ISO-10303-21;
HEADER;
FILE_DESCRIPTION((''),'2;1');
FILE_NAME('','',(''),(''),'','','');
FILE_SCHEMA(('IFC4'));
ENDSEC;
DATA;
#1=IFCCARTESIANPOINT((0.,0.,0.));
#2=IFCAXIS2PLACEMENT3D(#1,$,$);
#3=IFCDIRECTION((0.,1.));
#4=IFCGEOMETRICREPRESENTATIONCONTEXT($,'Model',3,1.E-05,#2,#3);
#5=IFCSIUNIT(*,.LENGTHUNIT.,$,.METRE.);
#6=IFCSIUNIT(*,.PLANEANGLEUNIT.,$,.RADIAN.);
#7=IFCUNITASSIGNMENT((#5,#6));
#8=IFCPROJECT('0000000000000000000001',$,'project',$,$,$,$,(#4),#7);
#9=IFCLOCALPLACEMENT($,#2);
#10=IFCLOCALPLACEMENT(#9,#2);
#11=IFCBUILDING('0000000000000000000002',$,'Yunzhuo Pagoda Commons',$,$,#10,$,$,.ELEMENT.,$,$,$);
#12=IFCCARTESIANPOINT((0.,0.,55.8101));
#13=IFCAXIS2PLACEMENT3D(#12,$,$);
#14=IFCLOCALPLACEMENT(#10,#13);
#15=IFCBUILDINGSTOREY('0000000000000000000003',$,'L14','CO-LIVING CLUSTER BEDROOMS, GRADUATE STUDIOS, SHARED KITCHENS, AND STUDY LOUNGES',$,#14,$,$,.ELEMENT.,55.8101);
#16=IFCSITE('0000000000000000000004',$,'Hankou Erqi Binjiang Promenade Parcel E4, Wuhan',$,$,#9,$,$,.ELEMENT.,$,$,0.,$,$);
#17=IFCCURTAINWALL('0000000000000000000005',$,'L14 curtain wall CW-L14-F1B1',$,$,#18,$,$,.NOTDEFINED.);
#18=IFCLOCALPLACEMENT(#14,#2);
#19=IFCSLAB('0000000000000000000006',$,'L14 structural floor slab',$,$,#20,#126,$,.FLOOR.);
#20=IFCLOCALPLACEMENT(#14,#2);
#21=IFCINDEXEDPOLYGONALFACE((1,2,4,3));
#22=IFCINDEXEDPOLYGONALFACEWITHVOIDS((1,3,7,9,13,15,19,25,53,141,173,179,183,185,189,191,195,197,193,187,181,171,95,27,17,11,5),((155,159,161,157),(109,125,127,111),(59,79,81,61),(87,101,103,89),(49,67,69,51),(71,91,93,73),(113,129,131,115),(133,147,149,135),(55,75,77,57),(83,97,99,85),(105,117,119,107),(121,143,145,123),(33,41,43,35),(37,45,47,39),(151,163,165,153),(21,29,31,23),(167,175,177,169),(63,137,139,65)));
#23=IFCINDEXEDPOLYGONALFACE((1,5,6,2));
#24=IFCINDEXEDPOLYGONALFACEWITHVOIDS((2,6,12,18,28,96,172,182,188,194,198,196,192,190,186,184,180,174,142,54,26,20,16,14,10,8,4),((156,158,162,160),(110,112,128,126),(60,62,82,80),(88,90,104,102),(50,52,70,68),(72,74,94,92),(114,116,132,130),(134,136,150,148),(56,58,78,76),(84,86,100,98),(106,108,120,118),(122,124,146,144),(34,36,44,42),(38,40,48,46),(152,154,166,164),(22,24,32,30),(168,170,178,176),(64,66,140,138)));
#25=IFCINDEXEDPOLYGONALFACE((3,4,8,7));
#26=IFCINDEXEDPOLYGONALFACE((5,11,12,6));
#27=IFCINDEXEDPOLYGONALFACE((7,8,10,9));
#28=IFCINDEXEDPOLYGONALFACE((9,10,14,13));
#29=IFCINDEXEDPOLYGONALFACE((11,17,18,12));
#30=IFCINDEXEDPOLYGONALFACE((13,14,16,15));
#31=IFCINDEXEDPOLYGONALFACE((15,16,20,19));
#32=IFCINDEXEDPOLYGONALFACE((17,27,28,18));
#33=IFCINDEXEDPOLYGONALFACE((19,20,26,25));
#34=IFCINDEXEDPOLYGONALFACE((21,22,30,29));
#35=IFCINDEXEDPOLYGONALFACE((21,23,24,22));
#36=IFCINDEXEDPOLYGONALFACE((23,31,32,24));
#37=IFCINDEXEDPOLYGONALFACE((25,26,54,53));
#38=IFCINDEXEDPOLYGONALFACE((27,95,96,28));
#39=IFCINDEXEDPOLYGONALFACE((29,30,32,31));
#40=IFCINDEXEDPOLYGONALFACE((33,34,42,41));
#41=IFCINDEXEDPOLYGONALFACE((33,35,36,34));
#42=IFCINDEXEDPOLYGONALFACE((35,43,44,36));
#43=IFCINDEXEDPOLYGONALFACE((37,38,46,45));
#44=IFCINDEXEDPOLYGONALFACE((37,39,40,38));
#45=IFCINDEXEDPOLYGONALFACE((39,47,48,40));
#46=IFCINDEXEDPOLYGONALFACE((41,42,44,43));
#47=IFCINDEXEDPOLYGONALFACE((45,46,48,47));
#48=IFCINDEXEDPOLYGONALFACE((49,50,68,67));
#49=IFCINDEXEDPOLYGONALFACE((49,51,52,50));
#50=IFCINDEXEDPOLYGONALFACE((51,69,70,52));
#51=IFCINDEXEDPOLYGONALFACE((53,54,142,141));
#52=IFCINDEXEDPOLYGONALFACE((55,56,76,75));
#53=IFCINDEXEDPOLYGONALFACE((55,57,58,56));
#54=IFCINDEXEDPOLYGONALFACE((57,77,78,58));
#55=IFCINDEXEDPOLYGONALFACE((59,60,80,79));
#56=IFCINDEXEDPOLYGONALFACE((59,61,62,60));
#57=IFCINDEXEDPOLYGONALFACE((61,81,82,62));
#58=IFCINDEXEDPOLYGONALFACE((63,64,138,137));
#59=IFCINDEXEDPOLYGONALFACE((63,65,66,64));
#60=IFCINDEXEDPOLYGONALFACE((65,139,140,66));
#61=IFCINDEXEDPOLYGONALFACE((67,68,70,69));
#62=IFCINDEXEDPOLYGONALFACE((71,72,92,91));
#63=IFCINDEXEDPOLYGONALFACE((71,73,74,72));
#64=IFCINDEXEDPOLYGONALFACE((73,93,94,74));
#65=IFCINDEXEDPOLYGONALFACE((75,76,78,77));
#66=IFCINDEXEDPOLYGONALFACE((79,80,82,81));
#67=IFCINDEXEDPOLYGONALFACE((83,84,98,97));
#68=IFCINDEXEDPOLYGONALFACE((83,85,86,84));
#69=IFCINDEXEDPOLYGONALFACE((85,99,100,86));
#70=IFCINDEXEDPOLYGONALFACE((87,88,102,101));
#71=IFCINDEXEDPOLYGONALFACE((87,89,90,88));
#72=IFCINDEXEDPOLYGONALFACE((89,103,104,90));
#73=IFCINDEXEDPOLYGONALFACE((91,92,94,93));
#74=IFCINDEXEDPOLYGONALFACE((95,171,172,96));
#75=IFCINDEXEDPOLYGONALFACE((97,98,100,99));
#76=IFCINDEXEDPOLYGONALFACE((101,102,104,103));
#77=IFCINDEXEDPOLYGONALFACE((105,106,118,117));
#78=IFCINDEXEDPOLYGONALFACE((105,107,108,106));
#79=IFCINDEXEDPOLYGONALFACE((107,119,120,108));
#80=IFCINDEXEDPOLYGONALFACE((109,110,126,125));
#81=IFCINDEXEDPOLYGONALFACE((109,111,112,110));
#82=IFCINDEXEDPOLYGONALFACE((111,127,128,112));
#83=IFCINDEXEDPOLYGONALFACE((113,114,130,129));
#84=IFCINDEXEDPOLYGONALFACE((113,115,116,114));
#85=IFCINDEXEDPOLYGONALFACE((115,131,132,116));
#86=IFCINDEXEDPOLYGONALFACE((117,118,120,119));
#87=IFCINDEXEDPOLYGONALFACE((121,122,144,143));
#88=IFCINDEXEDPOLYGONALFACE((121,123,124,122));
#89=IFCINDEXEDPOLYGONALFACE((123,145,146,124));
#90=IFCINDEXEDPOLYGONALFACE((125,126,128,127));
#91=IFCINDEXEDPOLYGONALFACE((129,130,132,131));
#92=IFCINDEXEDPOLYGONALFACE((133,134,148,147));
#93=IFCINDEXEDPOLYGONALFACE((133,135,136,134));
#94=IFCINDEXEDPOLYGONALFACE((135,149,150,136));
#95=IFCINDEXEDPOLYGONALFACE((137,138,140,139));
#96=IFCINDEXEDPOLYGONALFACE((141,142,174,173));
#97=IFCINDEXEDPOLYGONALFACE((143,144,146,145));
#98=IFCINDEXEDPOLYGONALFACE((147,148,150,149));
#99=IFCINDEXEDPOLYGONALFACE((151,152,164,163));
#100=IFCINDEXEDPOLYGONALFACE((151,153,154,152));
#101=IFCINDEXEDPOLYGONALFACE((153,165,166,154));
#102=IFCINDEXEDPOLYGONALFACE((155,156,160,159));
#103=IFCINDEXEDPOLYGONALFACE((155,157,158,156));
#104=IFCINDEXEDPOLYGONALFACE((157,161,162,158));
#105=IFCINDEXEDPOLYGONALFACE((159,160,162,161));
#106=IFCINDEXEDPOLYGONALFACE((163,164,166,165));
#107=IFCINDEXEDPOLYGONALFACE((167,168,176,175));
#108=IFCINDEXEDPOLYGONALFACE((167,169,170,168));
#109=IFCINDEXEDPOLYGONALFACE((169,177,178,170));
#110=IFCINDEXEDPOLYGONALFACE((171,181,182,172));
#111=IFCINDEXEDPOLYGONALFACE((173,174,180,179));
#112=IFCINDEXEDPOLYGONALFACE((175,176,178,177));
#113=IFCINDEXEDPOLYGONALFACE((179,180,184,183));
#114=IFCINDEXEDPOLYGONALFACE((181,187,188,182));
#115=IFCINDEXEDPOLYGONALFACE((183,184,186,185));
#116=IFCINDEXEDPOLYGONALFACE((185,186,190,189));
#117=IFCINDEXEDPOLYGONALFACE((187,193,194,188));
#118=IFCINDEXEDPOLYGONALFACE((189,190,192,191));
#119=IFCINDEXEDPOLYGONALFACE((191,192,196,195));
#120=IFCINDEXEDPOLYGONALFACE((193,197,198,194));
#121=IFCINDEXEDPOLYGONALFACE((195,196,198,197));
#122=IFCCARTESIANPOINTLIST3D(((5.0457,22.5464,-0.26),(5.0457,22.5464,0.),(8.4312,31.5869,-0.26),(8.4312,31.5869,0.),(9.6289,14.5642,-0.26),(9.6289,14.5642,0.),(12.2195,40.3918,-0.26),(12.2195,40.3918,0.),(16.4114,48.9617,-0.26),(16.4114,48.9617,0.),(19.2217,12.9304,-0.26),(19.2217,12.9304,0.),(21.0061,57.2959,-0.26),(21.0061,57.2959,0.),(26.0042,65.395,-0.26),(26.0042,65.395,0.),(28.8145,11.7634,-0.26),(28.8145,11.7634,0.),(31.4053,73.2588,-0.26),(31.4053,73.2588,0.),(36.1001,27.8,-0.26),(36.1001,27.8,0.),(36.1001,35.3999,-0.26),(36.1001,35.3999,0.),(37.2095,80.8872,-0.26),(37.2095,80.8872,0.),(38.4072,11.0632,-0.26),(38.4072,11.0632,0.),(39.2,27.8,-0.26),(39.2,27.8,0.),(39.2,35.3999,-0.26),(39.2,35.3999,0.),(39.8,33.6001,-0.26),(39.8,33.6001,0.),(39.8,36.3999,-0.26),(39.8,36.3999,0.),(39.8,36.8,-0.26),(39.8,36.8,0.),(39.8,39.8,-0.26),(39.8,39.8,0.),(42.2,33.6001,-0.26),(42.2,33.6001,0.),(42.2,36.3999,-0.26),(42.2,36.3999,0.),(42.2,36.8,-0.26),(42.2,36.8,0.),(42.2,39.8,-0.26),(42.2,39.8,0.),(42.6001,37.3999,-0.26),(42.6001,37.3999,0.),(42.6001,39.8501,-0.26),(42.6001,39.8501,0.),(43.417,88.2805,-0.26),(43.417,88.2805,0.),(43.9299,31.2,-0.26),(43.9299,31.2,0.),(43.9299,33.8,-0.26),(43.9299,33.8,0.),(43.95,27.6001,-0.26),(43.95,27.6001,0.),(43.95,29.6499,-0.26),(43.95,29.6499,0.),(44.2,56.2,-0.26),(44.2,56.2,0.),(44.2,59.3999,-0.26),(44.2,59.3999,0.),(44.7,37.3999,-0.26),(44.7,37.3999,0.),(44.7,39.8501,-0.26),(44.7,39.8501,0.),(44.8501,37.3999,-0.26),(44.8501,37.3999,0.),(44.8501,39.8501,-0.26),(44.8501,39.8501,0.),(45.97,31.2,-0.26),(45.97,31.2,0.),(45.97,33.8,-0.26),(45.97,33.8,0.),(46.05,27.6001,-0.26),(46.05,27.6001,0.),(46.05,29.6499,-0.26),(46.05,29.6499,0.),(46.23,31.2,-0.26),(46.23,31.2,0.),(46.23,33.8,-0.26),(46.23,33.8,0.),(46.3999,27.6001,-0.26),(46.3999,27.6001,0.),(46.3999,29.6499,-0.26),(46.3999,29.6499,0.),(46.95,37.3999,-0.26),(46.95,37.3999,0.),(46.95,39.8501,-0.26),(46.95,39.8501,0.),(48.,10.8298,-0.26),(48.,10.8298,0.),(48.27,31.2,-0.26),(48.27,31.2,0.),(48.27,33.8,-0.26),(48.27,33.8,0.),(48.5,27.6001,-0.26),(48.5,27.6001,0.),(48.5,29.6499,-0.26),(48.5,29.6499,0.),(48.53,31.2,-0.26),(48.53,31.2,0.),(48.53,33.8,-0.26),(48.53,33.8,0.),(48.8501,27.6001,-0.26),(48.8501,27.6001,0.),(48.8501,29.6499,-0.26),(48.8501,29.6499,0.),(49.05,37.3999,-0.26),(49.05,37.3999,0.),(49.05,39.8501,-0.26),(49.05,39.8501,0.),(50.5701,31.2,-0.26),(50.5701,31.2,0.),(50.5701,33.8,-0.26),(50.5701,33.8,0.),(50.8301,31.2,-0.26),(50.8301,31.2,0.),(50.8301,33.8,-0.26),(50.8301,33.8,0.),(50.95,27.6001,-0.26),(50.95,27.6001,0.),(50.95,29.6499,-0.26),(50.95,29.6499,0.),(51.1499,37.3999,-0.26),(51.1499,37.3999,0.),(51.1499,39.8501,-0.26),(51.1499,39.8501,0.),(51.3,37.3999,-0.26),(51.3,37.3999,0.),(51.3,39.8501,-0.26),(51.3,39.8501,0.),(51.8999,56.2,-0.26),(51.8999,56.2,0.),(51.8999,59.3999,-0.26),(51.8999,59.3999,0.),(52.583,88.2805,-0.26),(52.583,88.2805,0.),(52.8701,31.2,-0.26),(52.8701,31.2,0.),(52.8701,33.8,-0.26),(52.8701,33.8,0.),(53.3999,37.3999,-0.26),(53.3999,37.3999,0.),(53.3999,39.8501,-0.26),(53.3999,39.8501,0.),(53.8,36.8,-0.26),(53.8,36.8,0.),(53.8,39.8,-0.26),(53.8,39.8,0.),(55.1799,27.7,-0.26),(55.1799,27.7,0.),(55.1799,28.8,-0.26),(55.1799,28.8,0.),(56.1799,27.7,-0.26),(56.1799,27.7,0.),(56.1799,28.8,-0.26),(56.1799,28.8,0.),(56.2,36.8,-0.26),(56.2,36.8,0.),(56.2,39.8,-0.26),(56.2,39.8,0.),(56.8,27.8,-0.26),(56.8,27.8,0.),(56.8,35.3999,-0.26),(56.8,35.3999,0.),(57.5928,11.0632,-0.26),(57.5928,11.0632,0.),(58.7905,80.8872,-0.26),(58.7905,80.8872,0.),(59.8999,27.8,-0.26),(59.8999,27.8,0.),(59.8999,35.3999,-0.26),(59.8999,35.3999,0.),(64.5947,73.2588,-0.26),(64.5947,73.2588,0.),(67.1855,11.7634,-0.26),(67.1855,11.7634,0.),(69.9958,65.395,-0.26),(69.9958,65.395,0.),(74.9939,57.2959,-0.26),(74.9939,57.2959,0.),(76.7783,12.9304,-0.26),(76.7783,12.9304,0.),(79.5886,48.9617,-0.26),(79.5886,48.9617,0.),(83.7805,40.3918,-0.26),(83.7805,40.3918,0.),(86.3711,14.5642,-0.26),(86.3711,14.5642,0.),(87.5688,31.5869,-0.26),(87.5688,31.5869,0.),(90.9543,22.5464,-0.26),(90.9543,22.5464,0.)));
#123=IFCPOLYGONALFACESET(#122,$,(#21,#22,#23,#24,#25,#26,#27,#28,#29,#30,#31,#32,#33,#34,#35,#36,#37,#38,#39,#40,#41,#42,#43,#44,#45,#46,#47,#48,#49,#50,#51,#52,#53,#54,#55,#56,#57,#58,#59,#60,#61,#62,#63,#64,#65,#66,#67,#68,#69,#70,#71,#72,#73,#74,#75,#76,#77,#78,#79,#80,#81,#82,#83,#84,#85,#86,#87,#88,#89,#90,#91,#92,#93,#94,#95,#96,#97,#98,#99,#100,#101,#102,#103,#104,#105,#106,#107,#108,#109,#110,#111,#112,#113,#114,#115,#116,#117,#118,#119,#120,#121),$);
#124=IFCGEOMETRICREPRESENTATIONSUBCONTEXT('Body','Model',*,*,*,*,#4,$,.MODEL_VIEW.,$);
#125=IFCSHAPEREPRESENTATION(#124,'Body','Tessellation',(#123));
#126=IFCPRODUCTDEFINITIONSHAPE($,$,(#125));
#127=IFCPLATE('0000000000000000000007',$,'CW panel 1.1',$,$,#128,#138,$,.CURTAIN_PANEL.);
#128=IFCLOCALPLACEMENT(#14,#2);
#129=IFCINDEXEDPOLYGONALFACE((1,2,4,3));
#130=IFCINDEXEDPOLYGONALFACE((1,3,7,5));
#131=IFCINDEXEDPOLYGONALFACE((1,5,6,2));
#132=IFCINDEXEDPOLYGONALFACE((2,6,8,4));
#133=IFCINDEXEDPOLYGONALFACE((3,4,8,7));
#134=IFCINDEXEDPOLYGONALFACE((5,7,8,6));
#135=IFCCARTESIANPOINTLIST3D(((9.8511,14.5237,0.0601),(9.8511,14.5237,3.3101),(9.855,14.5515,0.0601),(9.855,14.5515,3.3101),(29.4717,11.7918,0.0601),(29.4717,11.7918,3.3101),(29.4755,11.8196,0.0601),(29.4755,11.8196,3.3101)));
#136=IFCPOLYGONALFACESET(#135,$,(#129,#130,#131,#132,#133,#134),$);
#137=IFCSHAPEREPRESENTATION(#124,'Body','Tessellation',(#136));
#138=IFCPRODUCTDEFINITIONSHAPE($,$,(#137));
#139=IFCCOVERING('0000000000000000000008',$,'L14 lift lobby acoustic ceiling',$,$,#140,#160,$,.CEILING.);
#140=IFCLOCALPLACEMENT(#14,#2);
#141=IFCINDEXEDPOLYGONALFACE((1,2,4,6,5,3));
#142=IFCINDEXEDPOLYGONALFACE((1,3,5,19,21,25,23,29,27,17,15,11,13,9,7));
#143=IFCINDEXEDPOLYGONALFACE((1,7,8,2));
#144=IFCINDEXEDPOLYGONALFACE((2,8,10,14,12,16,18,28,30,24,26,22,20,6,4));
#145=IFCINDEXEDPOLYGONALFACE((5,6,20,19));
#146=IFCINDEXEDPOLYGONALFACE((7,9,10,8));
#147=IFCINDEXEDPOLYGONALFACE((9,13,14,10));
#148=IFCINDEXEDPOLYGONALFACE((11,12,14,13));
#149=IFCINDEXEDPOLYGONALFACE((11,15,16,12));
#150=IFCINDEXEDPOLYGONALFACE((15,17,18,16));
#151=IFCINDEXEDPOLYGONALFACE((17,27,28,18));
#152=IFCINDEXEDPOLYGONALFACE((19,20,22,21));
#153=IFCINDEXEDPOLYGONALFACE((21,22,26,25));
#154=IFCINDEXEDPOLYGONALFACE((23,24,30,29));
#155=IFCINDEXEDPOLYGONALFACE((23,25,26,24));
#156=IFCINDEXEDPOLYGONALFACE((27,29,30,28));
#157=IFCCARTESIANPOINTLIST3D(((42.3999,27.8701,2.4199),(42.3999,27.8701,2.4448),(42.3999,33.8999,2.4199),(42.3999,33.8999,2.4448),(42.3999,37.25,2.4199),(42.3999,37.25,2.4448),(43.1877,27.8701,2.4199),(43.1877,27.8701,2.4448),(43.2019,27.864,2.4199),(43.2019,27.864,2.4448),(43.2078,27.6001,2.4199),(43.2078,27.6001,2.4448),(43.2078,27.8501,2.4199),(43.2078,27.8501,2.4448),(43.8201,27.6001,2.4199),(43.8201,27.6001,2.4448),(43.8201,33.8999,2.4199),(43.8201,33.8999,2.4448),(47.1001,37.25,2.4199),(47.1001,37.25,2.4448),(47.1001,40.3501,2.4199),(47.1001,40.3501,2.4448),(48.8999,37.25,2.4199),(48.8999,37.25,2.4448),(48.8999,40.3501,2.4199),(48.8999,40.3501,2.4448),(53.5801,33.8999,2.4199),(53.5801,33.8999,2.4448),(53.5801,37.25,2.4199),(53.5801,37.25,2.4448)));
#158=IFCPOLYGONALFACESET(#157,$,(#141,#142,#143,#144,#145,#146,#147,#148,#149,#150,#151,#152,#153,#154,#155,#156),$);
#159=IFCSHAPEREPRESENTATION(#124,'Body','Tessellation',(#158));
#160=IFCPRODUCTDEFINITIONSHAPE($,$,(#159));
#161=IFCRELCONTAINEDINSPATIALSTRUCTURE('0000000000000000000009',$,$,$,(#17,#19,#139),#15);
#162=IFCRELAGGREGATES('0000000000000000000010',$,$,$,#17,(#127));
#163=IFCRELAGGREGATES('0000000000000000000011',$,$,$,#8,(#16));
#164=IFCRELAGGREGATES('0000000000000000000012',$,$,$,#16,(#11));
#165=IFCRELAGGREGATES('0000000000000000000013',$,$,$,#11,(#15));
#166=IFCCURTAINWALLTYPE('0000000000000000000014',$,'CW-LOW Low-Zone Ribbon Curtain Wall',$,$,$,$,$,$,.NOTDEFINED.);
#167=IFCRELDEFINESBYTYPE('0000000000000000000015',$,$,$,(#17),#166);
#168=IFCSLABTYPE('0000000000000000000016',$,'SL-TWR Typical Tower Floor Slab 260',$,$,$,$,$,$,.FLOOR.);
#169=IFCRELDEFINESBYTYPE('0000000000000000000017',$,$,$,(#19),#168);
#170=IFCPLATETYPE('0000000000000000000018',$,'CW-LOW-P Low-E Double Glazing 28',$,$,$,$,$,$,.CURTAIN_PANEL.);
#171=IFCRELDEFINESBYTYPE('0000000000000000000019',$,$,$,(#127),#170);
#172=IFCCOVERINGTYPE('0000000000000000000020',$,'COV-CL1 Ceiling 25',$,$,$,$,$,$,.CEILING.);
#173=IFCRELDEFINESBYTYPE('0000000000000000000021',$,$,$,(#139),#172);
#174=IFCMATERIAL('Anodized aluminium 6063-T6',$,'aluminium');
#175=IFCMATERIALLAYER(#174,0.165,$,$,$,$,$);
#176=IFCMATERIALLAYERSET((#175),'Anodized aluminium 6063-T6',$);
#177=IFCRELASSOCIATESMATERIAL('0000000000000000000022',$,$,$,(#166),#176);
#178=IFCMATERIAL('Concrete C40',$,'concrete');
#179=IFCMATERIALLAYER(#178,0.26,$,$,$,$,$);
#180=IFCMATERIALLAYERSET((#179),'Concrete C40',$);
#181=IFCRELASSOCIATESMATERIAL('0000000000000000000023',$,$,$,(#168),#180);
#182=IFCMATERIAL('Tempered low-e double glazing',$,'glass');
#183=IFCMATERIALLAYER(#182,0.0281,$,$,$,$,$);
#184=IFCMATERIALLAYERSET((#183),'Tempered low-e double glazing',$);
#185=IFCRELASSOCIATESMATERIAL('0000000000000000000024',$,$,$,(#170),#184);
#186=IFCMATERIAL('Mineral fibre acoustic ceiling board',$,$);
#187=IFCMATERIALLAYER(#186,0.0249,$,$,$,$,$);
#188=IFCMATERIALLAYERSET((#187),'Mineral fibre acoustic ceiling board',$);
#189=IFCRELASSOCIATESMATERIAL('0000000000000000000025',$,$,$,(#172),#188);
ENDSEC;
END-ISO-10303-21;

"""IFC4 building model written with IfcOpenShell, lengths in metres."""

from ifc_helpers import new_model, si_unit, direction, frame, origin, origin_2d, place, context, subcontext, project, spatial, polyline, rectangle, outline, extrude, source, transform, mapped, material, layer, layer_set, type_object, element, aggregate, save


model = new_model("IFC4")

# Units and contexts
model_context = context("Model", 3, precision=1e-05, world=origin(), true_north=direction((0.0, 1.0)))
body_context = subcontext(model_context, "Body", "Model", "MODEL_VIEW")
ifc_project = project(units=[si_unit("LENGTHUNIT", "METRE"), si_unit("PLANEANGLEUNIT", "RADIAN")], contexts=[model_context])

# Site, building, storey
site_placement = place(None, origin())
site = spatial("IfcSite", under=ifc_project, at=site_placement, Name="Hankou Erqi Binjiang Promenade Parcel E4, Wuhan", CompositionType="ELEMENT", RefElevation=0.0)
building_placement = place(site_placement, origin())
building = spatial("IfcBuilding", under=site, at=building_placement, Name="Yunzhuo Pagoda Commons", CompositionType="ELEMENT")
storey_placement = place(building_placement, frame((0.0, 0.0, 55.8101)))
storey = spatial("IfcBuildingStorey", under=building, at=storey_placement, Name="L14", Description="CO-LIVING CLUSTER BEDROOMS, GRADUATE STUDIOS, SHARED KITCHENS, AND STUDY LOUNGES", CompositionType="ELEMENT", Elevation=55.8101)

# Curtain wall
ifc_material_1 = material(Name="Anodized aluminium 6063-T6", Category="aluminium")
ifc_layer_1 = layer(ifc_material_1, 0.165)
ifc_layer_set_1 = layer_set([ifc_layer_1], Name="Anodized aluminium 6063-T6")
curtain_wall_type = type_object("IfcCurtainWallType", Name="CW-LOW Low-Zone Ribbon Curtain Wall", PredefinedType="NOTDEFINED", material=ifc_layer_set_1)
curtain_wall_1_placement = place(storey_placement, origin())
curtain_wall_1 = element("IfcCurtainWall", 1, at=curtain_wall_1_placement, inside=storey, type_object=curtain_wall_type, Name="L14 curtain wall CW-L14-F1B1", PredefinedType="NOTDEFINED")

# Shared definitions
ifc_material_2 = material(Name="Concrete C40", Category="concrete")

# Slab
ifc_layer_2 = layer(ifc_material_2, 0.26)
ifc_layer_set_2 = layer_set([ifc_layer_2], Name="Concrete C40")
slab_type_1 = type_object("IfcSlabType", Name="SL-TWR Typical Tower Floor Slab 260", PredefinedType="FLOOR", material=ifc_layer_set_2)
slab_1_placement = place(storey_placement, frame((0.0, 0.0, -0.26)))
element("IfcSlab", 2, at=slab_1_placement, inside=storey, type_object=slab_type_1, Name="L14 structural floor slab", PredefinedType="FLOOR", context=body_context, shape_type="SweptSolid", body=[
    extrude(outline(polyline([(8.4312, 31.5869), (12.2195, 40.3918), (16.4114, 48.9617), (21.0061, 57.2959), (26.0042, 65.395), (31.4053, 73.2588), (37.2095, 80.8872), (43.417, 88.2805), (52.583, 88.2805), (58.7905, 80.8872), (64.5947, 73.2588), (69.9958, 65.395), (74.9939, 57.2959), (79.5886, 48.9617), (83.7805, 40.3918), (87.5688, 31.5869), (90.9543, 22.5464), (86.3711, 14.5642), (76.7783, 12.9304), (67.1855, 11.7634), (57.5928, 11.0632), (48.0, 10.8298), (38.4072, 11.0632), (28.8145, 11.7634), (19.2217, 12.9304), (9.6289, 14.5642), (5.0457, 22.5464), (8.4312, 31.5869)]), holes=[polyline([(46.05, 27.6001), (46.05, 29.6499), (43.95, 29.6499), (43.95, 27.6001), (46.05, 27.6001)]), polyline([(48.5, 27.6001), (48.5, 29.6499), (46.3999, 29.6499), (46.3999, 27.6001), (48.5, 27.6001)]), polyline([(36.1001, 27.8), (39.2, 27.8), (39.2, 35.3999), (36.1001, 35.3999), (36.1001, 27.8)]), polyline([(45.97, 31.2), (45.97, 33.8), (43.9299, 33.8), (43.9299, 31.2), (45.97, 31.2)]), polyline([(48.27, 31.2), (48.27, 33.8), (46.23, 33.8), (46.23, 31.2), (48.27, 31.2)]), polyline([(42.2, 33.6001), (42.2, 36.3999), (39.8, 36.3999), (39.8, 33.6001), (42.2, 33.6001)]), polyline([(42.2, 36.8), (42.2, 39.8), (39.8, 39.8), (39.8, 36.8), (42.2, 36.8)]), polyline([(42.6001, 37.3999), (44.7, 37.3999), (44.7, 39.8501), (42.6001, 39.8501), (42.6001, 37.3999)]), polyline([(44.8501, 37.3999), (46.95, 37.3999), (46.95, 39.8501), (44.8501, 39.8501), (44.8501, 37.3999)]), polyline([(56.1799, 27.7), (56.1799, 28.8), (55.1799, 28.8), (55.1799, 27.7), (56.1799, 27.7)]), polyline([(50.95, 27.6001), (50.95, 29.6499), (48.8501, 29.6499), (48.8501, 27.6001), (50.95, 27.6001)]), polyline([(56.8, 27.8), (59.8999, 27.8), (59.8999, 35.3999), (56.8, 35.3999), (56.8, 27.8)]), polyline([(50.5701, 31.2), (50.5701, 33.8), (48.53, 33.8), (48.53, 31.2), (50.5701, 31.2)]), polyline([(52.8701, 31.2), (52.8701, 33.8), (50.8301, 33.8), (50.8301, 31.2), (52.8701, 31.2)]), polyline([(56.2, 36.8), (56.2, 39.8), (53.8, 39.8), (53.8, 36.8), (56.2, 36.8)]), polyline([(51.1499, 37.3999), (51.1499, 39.8501), (49.05, 39.8501), (49.05, 37.3999), (51.1499, 37.3999)]), polyline([(51.3, 37.3999), (53.3999, 37.3999), (53.3999, 39.8501), (51.3, 39.8501), (51.3, 37.3999)]), polyline([(44.2, 56.2), (51.8999, 56.2), (51.8999, 59.3999), (44.2, 59.3999), (44.2, 56.2)])]), origin(), (0.0, 0.0, 1.0), 0.26),
])

# Plate
ifc_material_3 = material(Name="Tempered low-e double glazing", Category="glass")
ifc_layer_3 = layer(ifc_material_3, 0.0281)
ifc_layer_set_3 = layer_set([ifc_layer_3], Name="Tempered low-e double glazing")
plate_type = type_object("IfcPlateType", Name="CW-LOW-P Low-E Double Glazing 28", PredefinedType="CURTAIN_PANEL", material=ifc_layer_set_3)
shared_shape_1 = source(origin(), body_context, "Body", "SweptSolid", [
    extrude(rectangle(XDim=19.8098, YDim=0.0281, at=origin_2d()), origin(), (0.0, 0.0, 1.0), 3.25),
])
plate_placement = place(storey_placement, frame((19.6633, 13.1716, 0.0601), z_axis=(0.0, 0.0, 1.0), x_axis=(0.990445, -0.137905, 0.0)))
plate = element("IfcPlate", 3, at=plate_placement, type_object=plate_type, Name="CW panel 1.1", PredefinedType="CURTAIN_PANEL", context=body_context, shape_type="MappedRepresentation", body=[
    mapped(shared_shape_1, transform((0.0, 0.0, 0.0), scale=1.0)),
])
aggregate(curtain_wall_1, [plate])

# Covering
ifc_material_4 = material(Name="Mineral fibre acoustic ceiling board")
ifc_layer_4 = layer(ifc_material_4, 0.0249)
ifc_layer_set_4 = layer_set([ifc_layer_4], Name="Mineral fibre acoustic ceiling board")
covering_type_1 = type_object("IfcCoveringType", Name="COV-CL1 Ceiling 25", PredefinedType="CEILING", material=ifc_layer_set_4)
covering_1_placement = place(storey_placement, frame((0.0, 0.0, 2.4199)))
element("IfcCovering", 4, at=covering_1_placement, inside=storey, type_object=covering_type_1, Name="L14 lift lobby acoustic ceiling", PredefinedType="CEILING", context=body_context, shape_type="SweptSolid", body=[
    extrude(outline(polyline([(43.2078, 27.8501), (43.2019, 27.864), (43.1877, 27.8701), (42.3999, 27.8701), (42.3999, 33.8999), (42.3999, 37.25), (47.1001, 37.25), (47.1001, 40.3501), (48.8999, 40.3501), (48.8999, 37.25), (53.5801, 37.25), (53.5801, 33.8999), (43.8201, 33.8999), (43.8201, 27.6001), (43.2078, 27.6001), (43.2078, 27.8501)])), origin(), (0.0, 0.0, 1.0), 0.0249),
])

save(model, "model.ifc")
